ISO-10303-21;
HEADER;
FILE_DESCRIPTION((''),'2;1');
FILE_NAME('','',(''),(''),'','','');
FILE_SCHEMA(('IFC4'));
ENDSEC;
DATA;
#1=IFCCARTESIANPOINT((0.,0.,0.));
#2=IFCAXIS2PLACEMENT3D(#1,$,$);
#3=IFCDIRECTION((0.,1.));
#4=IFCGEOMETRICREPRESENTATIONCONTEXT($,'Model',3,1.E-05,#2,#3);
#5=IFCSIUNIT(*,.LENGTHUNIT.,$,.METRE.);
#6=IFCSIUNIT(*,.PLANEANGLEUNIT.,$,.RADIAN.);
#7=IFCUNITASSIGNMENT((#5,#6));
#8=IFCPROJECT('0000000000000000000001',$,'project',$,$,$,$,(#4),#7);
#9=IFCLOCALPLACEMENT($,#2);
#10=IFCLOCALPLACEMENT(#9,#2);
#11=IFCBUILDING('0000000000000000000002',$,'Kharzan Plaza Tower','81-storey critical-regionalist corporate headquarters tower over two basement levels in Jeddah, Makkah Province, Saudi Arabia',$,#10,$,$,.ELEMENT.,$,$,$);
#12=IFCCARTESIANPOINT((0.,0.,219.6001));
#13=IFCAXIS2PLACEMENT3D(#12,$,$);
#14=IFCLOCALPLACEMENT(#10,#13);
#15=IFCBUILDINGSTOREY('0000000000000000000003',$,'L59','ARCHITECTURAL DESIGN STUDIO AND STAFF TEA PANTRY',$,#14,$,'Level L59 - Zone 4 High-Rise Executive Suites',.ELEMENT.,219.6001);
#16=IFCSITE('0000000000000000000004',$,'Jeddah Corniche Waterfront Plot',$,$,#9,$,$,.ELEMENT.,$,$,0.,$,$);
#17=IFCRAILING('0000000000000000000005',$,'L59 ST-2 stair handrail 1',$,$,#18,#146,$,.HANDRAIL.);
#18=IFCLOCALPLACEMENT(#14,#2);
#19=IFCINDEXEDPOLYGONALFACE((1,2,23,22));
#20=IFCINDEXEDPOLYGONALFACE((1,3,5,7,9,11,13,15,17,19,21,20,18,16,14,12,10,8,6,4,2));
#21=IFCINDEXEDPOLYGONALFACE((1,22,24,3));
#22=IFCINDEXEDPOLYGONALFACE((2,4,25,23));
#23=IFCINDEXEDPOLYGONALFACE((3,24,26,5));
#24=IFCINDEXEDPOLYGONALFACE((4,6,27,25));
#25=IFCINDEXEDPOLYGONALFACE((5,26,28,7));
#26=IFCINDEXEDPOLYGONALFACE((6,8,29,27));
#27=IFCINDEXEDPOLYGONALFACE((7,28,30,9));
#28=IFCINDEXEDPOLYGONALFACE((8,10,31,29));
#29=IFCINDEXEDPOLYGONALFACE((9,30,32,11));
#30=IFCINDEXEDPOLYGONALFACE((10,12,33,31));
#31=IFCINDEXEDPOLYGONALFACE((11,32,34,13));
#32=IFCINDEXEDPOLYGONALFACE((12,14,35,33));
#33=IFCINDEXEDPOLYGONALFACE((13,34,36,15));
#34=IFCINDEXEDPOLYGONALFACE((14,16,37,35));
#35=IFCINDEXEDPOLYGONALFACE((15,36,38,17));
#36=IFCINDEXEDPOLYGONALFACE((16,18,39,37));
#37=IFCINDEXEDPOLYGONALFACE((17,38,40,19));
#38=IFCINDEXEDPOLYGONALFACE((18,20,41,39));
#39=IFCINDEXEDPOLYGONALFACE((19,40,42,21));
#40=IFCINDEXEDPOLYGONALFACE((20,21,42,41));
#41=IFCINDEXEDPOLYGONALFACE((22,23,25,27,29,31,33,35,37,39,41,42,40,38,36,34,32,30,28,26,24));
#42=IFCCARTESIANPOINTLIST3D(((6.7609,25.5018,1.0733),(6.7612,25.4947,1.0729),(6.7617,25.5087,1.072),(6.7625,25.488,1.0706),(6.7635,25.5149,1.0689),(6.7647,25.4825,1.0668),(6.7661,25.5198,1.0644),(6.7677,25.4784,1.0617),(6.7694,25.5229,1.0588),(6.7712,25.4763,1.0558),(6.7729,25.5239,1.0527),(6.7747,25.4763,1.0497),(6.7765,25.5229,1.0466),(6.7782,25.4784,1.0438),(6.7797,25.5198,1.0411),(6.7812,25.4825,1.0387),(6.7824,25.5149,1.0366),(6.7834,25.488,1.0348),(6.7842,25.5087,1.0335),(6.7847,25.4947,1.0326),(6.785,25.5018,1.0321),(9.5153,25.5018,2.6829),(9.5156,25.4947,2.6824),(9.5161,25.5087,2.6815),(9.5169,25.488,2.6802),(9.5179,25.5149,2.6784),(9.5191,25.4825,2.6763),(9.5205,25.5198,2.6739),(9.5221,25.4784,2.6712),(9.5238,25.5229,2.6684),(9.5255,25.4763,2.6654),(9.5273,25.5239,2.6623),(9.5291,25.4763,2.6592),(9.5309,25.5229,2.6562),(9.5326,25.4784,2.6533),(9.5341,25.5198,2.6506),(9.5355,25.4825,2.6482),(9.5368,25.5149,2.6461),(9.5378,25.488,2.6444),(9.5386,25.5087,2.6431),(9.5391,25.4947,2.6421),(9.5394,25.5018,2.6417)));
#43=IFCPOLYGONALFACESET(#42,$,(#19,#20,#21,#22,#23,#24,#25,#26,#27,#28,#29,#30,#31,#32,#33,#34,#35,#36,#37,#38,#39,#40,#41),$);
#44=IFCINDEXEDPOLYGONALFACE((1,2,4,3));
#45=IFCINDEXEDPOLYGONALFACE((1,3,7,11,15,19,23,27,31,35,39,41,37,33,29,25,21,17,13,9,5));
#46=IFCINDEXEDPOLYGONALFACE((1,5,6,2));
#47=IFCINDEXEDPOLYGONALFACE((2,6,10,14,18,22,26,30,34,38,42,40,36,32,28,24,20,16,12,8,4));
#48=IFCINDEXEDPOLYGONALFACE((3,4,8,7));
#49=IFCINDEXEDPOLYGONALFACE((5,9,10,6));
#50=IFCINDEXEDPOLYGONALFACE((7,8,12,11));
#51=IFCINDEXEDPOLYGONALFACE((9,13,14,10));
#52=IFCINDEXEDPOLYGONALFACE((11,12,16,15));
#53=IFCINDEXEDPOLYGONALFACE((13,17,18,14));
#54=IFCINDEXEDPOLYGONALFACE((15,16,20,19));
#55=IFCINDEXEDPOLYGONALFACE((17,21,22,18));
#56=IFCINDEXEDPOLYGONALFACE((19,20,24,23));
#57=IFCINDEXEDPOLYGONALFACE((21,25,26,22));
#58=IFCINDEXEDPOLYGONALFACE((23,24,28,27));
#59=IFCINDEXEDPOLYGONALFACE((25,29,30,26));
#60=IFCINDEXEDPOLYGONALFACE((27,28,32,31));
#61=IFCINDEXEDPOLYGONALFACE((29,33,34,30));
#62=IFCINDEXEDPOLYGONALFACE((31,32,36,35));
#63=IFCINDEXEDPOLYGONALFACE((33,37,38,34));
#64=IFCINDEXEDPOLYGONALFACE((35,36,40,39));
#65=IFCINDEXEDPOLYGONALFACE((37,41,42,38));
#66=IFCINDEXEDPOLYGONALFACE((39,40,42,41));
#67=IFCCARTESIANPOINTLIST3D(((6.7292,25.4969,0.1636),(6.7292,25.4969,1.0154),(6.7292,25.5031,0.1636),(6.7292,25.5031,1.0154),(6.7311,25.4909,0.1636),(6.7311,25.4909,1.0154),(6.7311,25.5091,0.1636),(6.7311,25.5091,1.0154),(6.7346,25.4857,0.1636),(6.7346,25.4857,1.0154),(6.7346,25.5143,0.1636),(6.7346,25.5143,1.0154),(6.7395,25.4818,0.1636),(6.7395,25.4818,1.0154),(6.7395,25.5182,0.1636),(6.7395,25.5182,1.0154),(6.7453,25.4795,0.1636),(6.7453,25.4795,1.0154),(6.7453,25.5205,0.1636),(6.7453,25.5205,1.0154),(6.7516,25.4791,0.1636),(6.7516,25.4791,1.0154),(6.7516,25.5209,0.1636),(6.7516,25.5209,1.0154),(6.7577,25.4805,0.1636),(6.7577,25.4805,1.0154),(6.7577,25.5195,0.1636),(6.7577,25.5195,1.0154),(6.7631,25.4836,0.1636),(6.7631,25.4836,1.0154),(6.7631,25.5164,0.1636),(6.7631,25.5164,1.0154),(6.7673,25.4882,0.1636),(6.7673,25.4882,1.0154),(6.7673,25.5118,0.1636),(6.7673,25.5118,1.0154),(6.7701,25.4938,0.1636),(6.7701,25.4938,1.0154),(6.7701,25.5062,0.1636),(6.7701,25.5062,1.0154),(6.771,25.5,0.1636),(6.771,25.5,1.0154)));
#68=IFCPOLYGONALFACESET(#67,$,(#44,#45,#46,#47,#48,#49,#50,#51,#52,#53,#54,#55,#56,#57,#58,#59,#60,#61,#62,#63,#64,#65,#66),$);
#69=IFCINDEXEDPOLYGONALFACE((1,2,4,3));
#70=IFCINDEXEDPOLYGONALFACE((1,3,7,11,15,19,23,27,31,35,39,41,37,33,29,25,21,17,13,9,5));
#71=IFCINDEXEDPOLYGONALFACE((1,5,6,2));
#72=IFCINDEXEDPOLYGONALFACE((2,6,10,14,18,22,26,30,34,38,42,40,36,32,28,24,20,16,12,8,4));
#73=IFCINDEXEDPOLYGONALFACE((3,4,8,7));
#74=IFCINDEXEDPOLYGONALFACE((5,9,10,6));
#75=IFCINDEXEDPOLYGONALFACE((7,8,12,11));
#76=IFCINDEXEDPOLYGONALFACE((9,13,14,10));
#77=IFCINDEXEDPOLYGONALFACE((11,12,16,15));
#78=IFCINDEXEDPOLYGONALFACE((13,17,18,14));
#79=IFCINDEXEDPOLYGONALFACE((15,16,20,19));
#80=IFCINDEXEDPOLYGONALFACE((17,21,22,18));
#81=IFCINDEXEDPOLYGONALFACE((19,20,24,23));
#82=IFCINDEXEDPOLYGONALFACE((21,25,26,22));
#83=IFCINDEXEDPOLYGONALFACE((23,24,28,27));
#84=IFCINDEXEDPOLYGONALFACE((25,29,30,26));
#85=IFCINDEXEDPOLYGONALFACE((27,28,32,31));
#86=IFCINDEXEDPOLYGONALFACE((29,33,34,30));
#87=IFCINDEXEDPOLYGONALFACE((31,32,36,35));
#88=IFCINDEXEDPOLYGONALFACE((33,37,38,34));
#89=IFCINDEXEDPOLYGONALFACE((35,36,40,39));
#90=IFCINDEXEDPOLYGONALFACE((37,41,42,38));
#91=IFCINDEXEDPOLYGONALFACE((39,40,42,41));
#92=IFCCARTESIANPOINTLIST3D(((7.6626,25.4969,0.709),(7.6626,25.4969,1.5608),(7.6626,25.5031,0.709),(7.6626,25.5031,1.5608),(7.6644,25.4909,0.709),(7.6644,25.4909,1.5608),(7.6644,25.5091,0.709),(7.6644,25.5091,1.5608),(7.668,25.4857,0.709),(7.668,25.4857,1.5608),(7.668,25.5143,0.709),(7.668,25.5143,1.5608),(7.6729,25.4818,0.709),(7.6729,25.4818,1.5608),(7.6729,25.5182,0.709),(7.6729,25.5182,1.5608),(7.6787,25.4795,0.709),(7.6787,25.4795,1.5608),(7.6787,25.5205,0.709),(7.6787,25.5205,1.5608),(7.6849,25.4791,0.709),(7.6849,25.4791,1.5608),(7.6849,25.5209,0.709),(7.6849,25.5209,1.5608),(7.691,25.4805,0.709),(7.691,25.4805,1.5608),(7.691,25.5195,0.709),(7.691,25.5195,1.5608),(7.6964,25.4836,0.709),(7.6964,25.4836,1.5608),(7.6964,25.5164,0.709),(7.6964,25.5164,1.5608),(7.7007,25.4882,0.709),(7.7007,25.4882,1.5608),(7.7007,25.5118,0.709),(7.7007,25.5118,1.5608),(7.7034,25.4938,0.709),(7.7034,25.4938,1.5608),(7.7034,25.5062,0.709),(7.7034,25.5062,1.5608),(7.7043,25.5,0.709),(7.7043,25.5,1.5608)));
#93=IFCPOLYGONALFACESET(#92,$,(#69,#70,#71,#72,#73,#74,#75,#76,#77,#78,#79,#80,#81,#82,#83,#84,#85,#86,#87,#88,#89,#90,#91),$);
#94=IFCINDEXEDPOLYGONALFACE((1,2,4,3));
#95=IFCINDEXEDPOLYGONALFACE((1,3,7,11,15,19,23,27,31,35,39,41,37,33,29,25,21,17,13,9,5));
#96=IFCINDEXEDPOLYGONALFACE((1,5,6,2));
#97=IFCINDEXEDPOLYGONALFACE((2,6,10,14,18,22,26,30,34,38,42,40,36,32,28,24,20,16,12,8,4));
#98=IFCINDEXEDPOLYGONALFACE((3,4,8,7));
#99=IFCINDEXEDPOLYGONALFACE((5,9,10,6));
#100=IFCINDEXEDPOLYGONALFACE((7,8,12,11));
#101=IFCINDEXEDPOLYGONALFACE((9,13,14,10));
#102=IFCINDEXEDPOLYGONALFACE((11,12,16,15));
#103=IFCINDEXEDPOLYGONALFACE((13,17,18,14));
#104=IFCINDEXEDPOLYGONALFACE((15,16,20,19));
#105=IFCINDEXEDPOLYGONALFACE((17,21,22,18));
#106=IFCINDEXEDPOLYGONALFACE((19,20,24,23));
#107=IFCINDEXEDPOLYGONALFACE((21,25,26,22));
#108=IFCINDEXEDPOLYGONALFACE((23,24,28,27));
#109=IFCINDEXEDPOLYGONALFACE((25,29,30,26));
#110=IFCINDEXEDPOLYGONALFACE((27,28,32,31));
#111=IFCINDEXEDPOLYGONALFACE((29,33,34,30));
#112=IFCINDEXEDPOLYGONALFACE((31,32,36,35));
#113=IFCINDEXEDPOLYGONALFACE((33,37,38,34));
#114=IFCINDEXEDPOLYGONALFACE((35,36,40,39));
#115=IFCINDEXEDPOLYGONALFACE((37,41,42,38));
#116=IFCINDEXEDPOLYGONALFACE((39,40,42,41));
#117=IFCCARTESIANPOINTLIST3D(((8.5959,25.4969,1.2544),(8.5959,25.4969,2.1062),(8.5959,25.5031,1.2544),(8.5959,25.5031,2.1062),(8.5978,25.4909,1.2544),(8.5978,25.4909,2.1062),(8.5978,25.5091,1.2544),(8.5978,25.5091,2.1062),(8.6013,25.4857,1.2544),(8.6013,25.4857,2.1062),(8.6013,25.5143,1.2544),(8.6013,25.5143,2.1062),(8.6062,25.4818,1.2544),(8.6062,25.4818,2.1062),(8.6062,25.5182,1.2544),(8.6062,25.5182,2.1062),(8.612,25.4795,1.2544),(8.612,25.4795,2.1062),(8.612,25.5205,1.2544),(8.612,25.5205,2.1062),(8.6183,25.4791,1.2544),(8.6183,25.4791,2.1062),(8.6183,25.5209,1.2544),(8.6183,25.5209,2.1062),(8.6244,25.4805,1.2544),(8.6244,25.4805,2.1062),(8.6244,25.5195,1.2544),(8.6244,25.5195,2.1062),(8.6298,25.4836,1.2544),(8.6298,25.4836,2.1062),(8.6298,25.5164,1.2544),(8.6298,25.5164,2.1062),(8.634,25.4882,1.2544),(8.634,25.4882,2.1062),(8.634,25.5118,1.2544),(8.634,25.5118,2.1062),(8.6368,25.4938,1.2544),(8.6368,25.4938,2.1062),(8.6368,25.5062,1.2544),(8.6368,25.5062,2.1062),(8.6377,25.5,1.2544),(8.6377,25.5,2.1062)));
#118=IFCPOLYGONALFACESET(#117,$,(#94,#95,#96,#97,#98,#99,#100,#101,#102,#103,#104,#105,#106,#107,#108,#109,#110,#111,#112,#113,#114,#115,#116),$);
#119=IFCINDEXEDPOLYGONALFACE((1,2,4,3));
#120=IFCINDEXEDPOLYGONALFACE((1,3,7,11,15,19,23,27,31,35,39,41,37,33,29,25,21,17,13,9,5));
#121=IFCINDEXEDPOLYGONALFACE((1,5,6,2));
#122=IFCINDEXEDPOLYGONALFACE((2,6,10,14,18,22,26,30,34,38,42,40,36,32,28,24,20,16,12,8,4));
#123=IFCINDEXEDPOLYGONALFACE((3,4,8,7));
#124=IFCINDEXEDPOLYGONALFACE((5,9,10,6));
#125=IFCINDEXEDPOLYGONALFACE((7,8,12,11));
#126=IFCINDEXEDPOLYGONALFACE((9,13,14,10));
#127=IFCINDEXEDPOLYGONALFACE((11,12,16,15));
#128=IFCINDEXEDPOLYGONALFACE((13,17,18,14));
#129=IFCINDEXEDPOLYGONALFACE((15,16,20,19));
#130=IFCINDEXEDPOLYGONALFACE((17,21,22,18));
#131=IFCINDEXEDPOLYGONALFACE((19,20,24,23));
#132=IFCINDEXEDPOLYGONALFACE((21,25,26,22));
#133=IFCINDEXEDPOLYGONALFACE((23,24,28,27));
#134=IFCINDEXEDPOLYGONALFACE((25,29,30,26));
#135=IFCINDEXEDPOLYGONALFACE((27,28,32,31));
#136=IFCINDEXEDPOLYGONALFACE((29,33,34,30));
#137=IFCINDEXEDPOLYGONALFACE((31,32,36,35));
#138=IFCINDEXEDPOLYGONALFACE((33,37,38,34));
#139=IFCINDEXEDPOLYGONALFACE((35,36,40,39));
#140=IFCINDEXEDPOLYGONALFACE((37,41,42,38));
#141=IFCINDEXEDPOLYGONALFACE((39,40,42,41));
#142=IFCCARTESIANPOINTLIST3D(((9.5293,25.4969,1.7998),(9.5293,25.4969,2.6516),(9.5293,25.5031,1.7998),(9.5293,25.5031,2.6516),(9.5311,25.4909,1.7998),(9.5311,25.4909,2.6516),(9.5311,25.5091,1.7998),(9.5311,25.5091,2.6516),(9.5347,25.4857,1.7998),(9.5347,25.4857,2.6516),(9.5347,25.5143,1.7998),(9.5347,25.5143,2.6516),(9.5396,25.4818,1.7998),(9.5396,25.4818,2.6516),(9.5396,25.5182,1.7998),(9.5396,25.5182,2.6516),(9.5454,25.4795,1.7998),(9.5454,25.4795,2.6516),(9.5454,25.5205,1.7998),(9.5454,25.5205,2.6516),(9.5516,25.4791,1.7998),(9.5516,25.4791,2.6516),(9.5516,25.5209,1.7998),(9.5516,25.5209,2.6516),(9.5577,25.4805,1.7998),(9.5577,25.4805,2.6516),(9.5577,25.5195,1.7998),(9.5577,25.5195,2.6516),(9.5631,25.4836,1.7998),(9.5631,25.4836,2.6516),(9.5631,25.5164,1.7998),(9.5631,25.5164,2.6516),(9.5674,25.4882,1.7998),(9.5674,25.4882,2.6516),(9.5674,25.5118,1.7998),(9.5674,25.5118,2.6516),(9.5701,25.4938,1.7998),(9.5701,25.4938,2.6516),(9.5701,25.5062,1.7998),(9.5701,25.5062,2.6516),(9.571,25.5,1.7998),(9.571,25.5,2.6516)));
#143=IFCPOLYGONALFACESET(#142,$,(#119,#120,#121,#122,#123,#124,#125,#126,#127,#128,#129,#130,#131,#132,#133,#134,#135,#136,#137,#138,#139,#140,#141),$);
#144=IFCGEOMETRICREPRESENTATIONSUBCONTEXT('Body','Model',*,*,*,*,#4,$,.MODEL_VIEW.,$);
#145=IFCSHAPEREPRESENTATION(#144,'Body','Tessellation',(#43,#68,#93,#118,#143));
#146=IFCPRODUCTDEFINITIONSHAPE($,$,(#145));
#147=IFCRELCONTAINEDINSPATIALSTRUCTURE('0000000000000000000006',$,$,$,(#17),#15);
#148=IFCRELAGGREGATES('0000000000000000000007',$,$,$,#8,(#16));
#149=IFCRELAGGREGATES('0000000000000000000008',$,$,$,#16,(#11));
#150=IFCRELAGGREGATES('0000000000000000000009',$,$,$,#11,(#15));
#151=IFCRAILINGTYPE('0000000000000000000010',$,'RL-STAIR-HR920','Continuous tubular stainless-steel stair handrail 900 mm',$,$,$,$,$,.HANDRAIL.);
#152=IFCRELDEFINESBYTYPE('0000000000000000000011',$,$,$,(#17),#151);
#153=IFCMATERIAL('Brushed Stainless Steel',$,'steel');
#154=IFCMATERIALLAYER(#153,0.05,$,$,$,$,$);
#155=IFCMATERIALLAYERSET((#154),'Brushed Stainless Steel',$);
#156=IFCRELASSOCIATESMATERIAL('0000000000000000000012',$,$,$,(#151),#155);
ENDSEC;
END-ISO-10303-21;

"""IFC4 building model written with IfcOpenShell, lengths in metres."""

from ifc_helpers import new_model, si_unit, direction, frame, origin, origin_2d, place, context, subcontext, project, spatial, circle, extrude, source, transform, mapped, material, layer, layer_set, type_object, element, save


model = new_model("IFC4")

# Units and contexts
model_context = context("Model", 3, precision=1e-05, world=origin(), true_north=direction((0.0, 1.0)))
body_context = subcontext(model_context, "Body", "Model", "MODEL_VIEW")
ifc_project = project(units=[si_unit("LENGTHUNIT", "METRE"), si_unit("PLANEANGLEUNIT", "RADIAN")], contexts=[model_context])

# Site, building, storey
site_placement = place(None, origin())
site = spatial("IfcSite", under=ifc_project, at=site_placement, Name="Jeddah Corniche Waterfront Plot", CompositionType="ELEMENT", RefElevation=0.0)
building_placement = place(site_placement, origin())
building = spatial("IfcBuilding", under=site, at=building_placement, Name="Kharzan Plaza Tower", Description="81-storey critical-regionalist corporate headquarters tower over two basement levels in Jeddah, Makkah Province, Saudi Arabia", CompositionType="ELEMENT")
storey_placement = place(building_placement, frame((0.0, 0.0, 219.6001)))
storey = spatial("IfcBuildingStorey", under=building, at=storey_placement, Name="L59", Description="ARCHITECTURAL DESIGN STUDIO AND STAFF TEA PANTRY", LongName="Level L59 - Zone 4 High-Rise Executive Suites", CompositionType="ELEMENT", Elevation=219.6001)

# Shared definitions
ifc_material_1 = material(Name="Brushed Stainless Steel", Category="steel")

# Railing
ifc_layer_1 = layer(ifc_material_1, 0.05)
ifc_layer_set_1 = layer_set([ifc_layer_1], Name="Brushed Stainless Steel")
railing_type_1 = type_object("IfcRailingType", Name="RL-STAIR-HR920", Description="Continuous tubular stainless-steel stair handrail 900 mm", PredefinedType="HANDRAIL", material=ifc_layer_set_1)
shared_shape_1 = source(origin(), body_context, "Body", "SweptSolid", [
    extrude(circle(Radius=0.0239, at=origin_2d()), frame((0.0229, 0.0, 0.8892), z_axis=(0.863394, 0.0, 0.504531), x_axis=(0.0, 1.0, 0.0)), (0.0, 0.0, 1.0), 3.1902),
    extrude(circle(Radius=0.021, at=origin_2d()), origin(), (0.0, 0.0, 1.0), 0.8518),
    extrude(circle(Radius=0.021, at=origin_2d()), frame((0.9333, 0.0, 0.5454)), (0.0, 0.0, 1.0), 0.8518),
    extrude(circle(Radius=0.021, at=origin_2d()), frame((1.8667, 0.0, 1.0908)), (0.0, 0.0, 1.0), 0.8518),
    extrude(circle(Radius=0.021, at=origin_2d()), frame((2.8, 0.0, 1.6362)), (0.0, 0.0, 1.0), 0.8518),
])
railing_1_placement = place(storey_placement, frame((6.75, 25.5, 0.1636)))
element("IfcRailing", 1, at=railing_1_placement, inside=storey, type_object=railing_type_1, Name="L59 ST-2 stair handrail 1", PredefinedType="HANDRAIL", context=body_context, shape_type="MappedRepresentation", body=[
    mapped(shared_shape_1, transform((0.0, 0.0, 0.0), x_axis=(1.0, 0.0, 0.0), y_axis=(0.0, 1.0, 0.0), z_axis=(0.0, 0.0, 1.0))),
])

save(model, "model.ifc")
